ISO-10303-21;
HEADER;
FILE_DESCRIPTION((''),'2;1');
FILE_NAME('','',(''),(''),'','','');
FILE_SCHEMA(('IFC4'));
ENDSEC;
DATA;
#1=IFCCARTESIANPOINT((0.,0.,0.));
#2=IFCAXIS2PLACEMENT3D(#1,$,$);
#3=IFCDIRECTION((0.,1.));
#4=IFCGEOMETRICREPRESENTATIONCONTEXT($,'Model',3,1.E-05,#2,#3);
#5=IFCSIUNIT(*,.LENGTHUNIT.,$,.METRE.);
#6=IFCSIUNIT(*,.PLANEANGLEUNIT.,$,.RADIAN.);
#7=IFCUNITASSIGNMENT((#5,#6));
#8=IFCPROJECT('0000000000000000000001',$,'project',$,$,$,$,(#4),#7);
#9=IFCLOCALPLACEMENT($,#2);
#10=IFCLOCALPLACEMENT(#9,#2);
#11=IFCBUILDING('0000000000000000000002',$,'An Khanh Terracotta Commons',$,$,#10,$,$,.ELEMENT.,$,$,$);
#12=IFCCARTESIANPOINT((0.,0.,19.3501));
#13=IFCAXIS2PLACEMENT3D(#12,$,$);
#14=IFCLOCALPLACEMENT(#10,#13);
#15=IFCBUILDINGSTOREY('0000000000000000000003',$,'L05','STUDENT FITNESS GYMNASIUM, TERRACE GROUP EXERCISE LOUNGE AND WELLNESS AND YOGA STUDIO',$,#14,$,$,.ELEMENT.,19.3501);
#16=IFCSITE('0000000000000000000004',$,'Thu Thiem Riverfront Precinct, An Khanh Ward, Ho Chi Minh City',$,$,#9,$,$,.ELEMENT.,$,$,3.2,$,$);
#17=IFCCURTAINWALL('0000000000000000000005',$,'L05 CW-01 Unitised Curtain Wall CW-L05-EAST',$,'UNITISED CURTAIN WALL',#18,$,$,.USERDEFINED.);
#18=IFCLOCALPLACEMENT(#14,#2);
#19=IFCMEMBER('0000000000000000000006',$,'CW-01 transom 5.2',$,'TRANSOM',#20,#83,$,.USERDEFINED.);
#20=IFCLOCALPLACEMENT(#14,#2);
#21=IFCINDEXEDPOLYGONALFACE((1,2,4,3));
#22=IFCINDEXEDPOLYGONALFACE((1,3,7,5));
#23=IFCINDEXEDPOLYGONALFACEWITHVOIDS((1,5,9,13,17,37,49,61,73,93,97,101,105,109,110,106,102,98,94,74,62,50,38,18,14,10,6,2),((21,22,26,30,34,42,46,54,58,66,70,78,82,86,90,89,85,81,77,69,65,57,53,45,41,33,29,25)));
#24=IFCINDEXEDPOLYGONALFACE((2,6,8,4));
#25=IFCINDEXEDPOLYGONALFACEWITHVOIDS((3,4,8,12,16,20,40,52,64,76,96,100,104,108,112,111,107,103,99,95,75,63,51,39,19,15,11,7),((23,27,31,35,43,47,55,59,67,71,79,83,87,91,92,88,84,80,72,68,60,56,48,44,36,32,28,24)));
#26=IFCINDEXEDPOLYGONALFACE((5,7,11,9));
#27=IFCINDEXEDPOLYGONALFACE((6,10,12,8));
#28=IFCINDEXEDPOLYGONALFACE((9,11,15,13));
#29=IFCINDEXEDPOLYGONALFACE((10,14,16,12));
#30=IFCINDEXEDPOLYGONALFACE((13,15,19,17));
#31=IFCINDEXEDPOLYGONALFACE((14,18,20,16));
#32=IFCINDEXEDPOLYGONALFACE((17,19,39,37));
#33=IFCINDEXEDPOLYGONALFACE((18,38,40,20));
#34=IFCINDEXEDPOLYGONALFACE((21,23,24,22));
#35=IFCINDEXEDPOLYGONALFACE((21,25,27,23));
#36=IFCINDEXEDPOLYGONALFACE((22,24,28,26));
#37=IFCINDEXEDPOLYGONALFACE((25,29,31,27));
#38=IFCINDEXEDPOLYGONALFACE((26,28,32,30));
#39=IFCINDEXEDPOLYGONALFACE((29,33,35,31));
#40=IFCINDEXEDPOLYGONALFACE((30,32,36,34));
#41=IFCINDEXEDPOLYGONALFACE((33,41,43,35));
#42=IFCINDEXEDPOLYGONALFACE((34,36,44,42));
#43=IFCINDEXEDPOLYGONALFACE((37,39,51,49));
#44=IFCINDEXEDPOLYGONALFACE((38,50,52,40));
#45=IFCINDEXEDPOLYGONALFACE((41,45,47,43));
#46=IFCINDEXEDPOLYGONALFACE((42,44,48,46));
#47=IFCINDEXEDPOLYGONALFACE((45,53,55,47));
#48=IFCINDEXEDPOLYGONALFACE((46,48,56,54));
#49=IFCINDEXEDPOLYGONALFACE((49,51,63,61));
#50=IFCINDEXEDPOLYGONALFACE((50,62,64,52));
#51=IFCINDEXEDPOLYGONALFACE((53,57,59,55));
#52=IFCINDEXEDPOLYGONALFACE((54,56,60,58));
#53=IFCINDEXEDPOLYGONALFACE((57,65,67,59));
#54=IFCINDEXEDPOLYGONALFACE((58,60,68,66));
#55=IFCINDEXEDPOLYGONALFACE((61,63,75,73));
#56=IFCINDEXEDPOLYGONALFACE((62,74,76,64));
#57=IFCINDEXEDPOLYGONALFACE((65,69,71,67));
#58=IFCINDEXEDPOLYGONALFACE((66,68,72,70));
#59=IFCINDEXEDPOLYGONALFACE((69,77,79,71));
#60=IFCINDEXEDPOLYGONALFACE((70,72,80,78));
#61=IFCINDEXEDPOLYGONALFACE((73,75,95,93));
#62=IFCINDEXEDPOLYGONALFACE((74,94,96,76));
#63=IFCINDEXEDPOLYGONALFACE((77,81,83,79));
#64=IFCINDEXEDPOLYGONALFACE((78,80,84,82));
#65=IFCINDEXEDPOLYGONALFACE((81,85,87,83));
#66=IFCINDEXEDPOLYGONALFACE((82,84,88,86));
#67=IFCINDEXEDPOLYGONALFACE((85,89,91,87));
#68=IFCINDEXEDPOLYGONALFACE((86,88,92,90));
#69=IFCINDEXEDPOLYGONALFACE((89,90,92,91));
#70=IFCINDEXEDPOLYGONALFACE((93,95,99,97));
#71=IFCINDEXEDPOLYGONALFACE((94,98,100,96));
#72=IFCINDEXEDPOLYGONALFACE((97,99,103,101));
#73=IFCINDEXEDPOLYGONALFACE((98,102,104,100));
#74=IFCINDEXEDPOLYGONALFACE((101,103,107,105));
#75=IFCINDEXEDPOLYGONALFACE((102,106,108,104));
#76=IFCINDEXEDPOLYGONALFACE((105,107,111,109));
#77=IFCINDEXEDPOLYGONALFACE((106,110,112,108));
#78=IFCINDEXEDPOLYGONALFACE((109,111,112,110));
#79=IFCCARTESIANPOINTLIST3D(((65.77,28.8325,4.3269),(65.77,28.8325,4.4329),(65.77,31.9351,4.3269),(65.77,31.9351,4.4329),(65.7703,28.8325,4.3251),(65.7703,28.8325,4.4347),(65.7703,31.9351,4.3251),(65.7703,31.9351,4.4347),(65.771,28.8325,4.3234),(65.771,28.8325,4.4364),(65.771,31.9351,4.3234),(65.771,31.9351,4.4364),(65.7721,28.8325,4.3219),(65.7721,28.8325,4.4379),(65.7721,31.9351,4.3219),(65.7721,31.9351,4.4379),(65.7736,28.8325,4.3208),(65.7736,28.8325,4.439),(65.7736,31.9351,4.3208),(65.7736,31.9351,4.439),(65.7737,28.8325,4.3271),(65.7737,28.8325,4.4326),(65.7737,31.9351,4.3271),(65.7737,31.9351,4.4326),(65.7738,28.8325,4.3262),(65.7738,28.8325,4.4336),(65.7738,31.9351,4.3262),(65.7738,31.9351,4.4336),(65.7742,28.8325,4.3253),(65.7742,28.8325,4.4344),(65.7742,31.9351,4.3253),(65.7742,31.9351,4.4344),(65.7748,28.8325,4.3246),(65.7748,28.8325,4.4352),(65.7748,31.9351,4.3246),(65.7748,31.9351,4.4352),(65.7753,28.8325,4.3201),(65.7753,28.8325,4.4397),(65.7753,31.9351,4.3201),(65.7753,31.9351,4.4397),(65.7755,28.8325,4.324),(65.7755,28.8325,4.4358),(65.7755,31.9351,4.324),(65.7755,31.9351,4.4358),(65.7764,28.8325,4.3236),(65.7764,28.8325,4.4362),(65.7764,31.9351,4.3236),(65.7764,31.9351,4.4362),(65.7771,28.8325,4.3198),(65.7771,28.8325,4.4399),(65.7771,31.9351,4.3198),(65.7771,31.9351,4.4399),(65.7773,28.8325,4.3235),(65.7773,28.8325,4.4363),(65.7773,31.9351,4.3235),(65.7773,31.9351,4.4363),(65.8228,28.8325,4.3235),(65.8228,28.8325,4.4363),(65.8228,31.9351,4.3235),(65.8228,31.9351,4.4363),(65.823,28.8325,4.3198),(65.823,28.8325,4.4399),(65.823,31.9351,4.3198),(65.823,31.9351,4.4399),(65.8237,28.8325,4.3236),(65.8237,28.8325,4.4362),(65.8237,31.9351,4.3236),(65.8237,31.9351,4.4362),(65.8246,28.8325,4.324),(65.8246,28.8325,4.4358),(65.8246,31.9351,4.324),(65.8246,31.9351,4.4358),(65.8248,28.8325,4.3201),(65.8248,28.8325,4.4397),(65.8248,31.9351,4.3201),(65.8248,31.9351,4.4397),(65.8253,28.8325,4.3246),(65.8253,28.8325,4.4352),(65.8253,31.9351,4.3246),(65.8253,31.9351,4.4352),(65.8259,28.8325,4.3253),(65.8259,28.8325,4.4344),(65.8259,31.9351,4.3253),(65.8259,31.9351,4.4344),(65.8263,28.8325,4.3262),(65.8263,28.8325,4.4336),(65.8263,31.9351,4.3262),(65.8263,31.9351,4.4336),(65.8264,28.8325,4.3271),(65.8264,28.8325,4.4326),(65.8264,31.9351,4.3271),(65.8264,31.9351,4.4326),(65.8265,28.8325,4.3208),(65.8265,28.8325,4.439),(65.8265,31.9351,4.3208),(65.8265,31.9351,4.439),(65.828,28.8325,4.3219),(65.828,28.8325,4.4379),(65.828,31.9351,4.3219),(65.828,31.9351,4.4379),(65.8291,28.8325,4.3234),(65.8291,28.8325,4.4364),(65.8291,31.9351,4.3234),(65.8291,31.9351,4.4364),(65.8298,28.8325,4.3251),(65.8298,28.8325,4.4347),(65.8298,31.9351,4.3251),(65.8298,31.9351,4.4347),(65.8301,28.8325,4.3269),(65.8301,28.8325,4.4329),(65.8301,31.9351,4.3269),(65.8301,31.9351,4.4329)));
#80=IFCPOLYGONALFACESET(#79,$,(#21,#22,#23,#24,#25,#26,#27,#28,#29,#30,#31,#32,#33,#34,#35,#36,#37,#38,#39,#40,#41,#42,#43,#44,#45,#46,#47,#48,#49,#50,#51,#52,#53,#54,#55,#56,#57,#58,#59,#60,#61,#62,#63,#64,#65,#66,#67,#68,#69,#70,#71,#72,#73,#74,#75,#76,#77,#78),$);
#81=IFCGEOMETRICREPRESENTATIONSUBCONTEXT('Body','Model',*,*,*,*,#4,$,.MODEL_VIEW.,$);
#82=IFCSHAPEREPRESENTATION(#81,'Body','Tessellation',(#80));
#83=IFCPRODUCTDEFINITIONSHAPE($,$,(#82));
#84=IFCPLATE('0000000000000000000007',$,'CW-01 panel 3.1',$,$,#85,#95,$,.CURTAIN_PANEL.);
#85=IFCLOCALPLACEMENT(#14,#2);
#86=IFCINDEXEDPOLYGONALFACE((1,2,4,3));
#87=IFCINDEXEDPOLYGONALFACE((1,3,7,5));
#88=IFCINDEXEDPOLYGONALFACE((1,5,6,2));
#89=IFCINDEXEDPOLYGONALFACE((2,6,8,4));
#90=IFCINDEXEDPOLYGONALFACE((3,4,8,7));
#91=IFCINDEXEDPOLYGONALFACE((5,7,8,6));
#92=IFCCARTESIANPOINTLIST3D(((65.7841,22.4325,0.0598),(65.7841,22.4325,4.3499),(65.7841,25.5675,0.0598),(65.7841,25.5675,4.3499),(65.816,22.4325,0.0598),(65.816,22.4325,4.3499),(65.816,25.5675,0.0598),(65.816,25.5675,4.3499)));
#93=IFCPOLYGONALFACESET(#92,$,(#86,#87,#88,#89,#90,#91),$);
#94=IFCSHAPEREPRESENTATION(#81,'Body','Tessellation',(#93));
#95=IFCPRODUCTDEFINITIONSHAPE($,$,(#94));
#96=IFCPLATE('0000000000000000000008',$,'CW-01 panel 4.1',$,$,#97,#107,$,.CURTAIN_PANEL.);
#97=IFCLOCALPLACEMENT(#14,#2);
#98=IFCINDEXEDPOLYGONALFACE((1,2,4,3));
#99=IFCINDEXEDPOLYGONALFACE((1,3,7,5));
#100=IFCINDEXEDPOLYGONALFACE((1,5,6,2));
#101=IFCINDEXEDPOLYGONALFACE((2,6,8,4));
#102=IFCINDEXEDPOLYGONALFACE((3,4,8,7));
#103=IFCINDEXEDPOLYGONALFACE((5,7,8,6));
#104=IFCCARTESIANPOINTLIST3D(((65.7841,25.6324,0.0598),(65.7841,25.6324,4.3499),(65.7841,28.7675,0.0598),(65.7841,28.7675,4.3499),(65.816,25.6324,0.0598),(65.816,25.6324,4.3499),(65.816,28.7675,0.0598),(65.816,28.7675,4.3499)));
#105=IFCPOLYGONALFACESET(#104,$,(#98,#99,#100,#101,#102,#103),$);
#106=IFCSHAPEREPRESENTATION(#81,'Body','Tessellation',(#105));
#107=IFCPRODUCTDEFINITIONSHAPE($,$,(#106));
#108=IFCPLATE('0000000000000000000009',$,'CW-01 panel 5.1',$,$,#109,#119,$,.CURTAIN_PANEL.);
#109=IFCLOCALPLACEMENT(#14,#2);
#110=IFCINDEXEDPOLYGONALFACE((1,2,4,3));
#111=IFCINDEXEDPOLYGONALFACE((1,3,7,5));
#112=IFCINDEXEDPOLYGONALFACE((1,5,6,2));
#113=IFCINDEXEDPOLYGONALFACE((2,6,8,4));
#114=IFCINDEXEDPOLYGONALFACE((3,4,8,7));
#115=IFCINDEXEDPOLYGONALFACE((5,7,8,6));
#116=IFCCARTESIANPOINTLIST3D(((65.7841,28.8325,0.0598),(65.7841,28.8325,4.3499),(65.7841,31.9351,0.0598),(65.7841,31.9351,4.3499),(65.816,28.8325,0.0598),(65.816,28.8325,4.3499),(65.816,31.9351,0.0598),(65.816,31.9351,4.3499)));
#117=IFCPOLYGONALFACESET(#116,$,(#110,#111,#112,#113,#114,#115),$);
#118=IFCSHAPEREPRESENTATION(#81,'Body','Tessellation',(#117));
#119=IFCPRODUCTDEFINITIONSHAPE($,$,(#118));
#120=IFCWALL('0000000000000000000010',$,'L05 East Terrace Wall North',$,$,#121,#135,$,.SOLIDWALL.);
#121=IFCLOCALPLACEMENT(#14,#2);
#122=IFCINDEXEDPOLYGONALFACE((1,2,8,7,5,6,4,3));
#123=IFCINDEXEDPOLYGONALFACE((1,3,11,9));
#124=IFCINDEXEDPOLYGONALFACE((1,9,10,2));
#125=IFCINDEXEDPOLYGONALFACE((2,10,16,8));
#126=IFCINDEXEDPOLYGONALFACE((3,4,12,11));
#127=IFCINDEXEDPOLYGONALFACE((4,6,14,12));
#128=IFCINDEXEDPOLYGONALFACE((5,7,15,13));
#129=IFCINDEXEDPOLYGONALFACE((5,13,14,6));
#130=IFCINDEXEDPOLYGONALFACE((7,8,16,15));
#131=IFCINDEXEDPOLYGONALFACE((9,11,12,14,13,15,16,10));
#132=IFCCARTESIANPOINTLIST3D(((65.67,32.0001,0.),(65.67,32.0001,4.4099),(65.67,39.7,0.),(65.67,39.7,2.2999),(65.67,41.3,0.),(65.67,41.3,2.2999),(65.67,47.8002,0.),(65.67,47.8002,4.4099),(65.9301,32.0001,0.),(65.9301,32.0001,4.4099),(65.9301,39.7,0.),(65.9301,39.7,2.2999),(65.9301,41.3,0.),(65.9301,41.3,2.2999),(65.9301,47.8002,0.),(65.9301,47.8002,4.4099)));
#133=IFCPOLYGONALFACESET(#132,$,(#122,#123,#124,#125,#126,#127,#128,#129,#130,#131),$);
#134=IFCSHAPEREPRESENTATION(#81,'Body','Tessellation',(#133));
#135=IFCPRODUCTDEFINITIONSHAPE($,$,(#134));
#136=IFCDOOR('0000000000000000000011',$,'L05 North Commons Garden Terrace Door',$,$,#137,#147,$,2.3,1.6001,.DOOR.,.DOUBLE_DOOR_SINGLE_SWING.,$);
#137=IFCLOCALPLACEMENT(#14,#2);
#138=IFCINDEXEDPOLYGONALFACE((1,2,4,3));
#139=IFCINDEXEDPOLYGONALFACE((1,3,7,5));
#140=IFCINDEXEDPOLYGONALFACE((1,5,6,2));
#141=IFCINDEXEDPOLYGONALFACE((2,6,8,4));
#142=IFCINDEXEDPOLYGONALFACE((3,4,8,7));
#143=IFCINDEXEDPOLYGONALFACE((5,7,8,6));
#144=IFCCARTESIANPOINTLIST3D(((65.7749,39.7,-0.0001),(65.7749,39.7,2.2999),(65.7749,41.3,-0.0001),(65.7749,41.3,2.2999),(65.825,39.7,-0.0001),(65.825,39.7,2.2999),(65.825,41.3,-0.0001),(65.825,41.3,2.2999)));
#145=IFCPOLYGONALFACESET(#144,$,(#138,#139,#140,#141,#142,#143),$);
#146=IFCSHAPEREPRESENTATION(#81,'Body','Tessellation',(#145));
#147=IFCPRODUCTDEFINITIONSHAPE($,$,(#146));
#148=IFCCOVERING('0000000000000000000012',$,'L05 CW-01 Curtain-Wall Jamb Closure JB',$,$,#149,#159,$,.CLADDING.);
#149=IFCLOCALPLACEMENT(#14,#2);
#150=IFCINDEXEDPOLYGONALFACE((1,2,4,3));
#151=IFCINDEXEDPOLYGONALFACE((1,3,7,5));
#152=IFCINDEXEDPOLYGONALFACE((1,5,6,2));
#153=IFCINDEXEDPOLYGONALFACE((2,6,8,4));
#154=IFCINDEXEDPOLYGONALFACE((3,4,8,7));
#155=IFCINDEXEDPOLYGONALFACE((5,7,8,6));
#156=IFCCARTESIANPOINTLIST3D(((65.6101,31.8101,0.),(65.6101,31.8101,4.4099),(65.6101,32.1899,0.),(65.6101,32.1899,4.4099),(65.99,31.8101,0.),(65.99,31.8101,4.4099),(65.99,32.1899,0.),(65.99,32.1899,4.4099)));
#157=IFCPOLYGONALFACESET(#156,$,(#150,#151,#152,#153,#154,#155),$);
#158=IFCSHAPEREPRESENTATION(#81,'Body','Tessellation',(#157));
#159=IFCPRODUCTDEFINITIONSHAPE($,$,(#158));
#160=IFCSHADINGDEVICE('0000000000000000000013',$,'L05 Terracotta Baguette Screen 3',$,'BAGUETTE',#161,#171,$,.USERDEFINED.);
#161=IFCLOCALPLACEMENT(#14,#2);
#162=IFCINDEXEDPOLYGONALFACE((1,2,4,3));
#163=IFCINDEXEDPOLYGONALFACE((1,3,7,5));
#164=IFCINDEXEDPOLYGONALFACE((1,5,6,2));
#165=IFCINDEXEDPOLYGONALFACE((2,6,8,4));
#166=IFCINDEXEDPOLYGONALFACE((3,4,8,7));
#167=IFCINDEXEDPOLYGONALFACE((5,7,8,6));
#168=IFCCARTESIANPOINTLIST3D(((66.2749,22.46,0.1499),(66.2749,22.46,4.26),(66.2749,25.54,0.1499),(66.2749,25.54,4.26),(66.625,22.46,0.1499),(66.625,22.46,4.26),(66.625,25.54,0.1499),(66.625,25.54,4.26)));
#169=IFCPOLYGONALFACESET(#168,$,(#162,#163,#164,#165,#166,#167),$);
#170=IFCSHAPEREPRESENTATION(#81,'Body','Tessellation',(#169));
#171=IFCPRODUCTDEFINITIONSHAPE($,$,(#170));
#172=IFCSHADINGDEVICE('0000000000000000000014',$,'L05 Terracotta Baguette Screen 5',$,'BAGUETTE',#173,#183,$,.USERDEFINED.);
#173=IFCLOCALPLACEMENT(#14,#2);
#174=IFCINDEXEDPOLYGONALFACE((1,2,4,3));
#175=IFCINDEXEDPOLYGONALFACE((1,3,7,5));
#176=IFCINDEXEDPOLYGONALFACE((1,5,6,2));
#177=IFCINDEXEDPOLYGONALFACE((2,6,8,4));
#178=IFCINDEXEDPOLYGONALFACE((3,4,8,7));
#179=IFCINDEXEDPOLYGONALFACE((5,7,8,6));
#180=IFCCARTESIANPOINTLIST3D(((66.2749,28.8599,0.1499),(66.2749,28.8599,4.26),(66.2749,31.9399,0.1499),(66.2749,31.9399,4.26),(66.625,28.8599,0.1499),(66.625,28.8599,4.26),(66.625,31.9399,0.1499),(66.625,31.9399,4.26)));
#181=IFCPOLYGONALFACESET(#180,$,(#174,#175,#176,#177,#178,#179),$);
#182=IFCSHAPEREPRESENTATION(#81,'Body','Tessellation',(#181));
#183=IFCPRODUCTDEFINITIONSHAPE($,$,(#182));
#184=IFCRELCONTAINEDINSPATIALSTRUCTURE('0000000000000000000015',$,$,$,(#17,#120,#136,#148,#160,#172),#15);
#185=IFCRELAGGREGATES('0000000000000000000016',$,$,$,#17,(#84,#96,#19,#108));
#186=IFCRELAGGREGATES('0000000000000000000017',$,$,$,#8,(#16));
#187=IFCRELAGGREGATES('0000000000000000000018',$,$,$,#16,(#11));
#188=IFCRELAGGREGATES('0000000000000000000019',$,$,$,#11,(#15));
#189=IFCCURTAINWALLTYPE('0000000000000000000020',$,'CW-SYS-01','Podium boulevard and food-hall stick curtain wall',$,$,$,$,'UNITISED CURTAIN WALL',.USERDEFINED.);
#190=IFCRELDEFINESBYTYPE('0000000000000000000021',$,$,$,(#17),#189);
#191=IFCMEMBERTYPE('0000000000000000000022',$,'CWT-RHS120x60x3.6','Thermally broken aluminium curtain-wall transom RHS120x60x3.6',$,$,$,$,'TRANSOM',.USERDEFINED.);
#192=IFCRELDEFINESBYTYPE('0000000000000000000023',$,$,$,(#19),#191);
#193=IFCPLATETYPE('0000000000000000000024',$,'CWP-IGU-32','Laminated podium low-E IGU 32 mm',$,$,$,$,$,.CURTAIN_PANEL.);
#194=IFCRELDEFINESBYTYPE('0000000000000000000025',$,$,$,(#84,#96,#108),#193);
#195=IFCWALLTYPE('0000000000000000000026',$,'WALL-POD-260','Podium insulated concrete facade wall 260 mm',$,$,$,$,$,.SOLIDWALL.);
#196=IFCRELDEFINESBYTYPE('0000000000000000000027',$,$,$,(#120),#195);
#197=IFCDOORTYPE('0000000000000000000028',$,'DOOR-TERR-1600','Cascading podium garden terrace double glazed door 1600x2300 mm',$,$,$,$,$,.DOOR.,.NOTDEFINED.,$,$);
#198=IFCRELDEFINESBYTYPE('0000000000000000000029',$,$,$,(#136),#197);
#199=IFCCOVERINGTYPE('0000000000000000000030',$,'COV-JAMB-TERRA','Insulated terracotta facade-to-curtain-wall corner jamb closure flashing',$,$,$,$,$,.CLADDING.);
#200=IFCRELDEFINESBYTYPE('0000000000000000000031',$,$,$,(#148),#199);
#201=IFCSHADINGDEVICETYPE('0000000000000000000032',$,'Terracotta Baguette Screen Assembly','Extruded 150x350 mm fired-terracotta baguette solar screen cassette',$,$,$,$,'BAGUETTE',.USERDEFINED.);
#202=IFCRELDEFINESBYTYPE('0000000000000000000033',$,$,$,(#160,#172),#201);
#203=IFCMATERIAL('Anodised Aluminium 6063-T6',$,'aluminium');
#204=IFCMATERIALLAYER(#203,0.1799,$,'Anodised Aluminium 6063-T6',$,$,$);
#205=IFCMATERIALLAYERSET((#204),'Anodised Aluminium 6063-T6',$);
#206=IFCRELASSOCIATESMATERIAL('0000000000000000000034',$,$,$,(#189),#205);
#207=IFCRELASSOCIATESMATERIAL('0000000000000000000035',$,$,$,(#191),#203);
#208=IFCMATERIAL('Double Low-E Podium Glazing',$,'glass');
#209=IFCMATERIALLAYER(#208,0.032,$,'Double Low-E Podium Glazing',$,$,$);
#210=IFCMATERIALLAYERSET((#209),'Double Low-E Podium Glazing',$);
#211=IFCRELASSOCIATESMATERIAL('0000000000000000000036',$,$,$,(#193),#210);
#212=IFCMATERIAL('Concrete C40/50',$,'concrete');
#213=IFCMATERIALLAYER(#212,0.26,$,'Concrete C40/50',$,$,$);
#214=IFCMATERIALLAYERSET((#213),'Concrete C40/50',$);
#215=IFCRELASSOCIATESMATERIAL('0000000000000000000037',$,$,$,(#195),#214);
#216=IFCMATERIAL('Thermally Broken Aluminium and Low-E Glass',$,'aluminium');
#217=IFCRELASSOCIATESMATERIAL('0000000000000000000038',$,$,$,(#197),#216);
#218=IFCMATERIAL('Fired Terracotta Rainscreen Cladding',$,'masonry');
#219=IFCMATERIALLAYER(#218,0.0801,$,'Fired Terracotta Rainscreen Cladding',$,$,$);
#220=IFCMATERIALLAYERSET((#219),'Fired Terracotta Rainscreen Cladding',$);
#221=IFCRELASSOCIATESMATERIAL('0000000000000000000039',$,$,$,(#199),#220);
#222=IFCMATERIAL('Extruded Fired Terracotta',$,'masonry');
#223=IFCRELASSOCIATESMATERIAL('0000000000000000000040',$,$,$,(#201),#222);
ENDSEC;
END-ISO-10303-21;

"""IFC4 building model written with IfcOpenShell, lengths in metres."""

from ifc_helpers import new_model, si_unit, direction, frame, frame_2d, origin, origin_2d, place, context, subcontext, project, spatial, rectangle, hollow_rectangle, extrude, material, layer, layer_set, material_profile, profile_set, type_object, element, fill, aggregate, save


model = new_model("IFC4")

# Units and contexts
model_context = context("Model", 3, precision=1e-05, world=origin(), true_north=direction((0.0, 1.0)))
body_context = subcontext(model_context, "Body", "Model", "MODEL_VIEW")
ifc_project = project(units=[si_unit("LENGTHUNIT", "METRE"), si_unit("PLANEANGLEUNIT", "RADIAN")], contexts=[model_context])

# Site, building, storey
site_placement = place(None, origin())
site = spatial("IfcSite", under=ifc_project, at=site_placement, Name="Thu Thiem Riverfront Precinct, An Khanh Ward, Ho Chi Minh City", CompositionType="ELEMENT", RefElevation=3.2)
building_placement = place(site_placement, origin())
building = spatial("IfcBuilding", under=site, at=building_placement, Name="An Khanh Terracotta Commons", CompositionType="ELEMENT")
storey_placement = place(building_placement, frame((0.0, 0.0, 19.3501)))
storey = spatial("IfcBuildingStorey", under=building, at=storey_placement, Name="L05", Description="STUDENT FITNESS GYMNASIUM, TERRACE GROUP EXERCISE LOUNGE AND WELLNESS AND YOGA STUDIO", CompositionType="ELEMENT", Elevation=19.3501)

# Curtain wall, member, plates
ifc_material_1 = material(Name="Anodised Aluminium 6063-T6", Category="aluminium")
ifc_layer_1 = layer(ifc_material_1, 0.1799, Name="Anodised Aluminium 6063-T6")
ifc_layer_set_1 = layer_set([ifc_layer_1], Name="Anodised Aluminium 6063-T6")
curtain_wall_type = type_object("IfcCurtainWallType", Name="CW-SYS-01", Description="Podium boulevard and food-hall stick curtain wall", ElementType="UNITISED CURTAIN WALL", PredefinedType="USERDEFINED", material=ifc_layer_set_1)
curtain_wall_placement = place(storey_placement, origin())
curtain_wall = element("IfcCurtainWall", 1, at=curtain_wall_placement, inside=storey, type_object=curtain_wall_type, Name="L05 CW-01 Unitised Curtain Wall CW-L05-EAST", ObjectType="UNITISED CURTAIN WALL", PredefinedType="USERDEFINED")
ifc_material_profile_1 = material_profile(ifc_material_1, hollow_rectangle(XDim=0.0601, YDim=0.1201, WallThickness=0.0037, InnerFilletRadius=0.0037, OuterFilletRadius=0.0071, at=origin_2d()), Name="RHS120x60x3.6")
ifc_profile_set_1 = profile_set([ifc_material_profile_1], Name="Anodised Aluminium 6063-T6")
member_type_1 = type_object("IfcMemberType", Name="CWT-RHS120x60x3.6", Description="Thermally broken aluminium curtain-wall transom RHS120x60x3.6", ElementType="TRANSOM", PredefinedType="USERDEFINED", material=ifc_profile_set_1)
member_1_placement = place(storey_placement, frame((65.8, 28.8325, 4.3799), z_axis=(0.0, 1.0, 0.0), x_axis=(-1.0, 0.0, 0.0)))
member_1 = element("IfcMember", 2, at=member_1_placement, type_object=member_type_1, Name="CW-01 transom 5.2", ObjectType="TRANSOM", PredefinedType="USERDEFINED", context=body_context, shape_type="SweptSolid", body=[
    extrude(hollow_rectangle(XDim=0.0601, YDim=0.1201, WallThickness=0.0037, InnerFilletRadius=0.0037, OuterFilletRadius=0.0071, at=origin_2d()), origin(), (0.0, 0.0, 1.0), 3.1025),
])
ifc_material_2 = material(Name="Double Low-E Podium Glazing", Category="glass")
ifc_layer_2 = layer(ifc_material_2, 0.032, Name="Double Low-E Podium Glazing")
ifc_layer_set_2 = layer_set([ifc_layer_2], Name="Double Low-E Podium Glazing")
plate_type = type_object("IfcPlateType", Name="CWP-IGU-32", Description="Laminated podium low-E IGU 32 mm", PredefinedType="CURTAIN_PANEL", material=ifc_layer_set_2)
plate_1_placement = place(storey_placement, frame((65.8, 24.0, 0.0598), z_axis=(0.0, 0.0, 1.0), x_axis=(0.0, 1.0, 0.0)))
plate_1 = element("IfcPlate", 3, at=plate_1_placement, type_object=plate_type, Name="CW-01 panel 3.1", PredefinedType="CURTAIN_PANEL", context=body_context, shape_type="SweptSolid", body=[
    extrude(rectangle(XDim=3.135, YDim=0.032, at=origin_2d()), origin(), (0.0, 0.0, 1.0), 4.29),
])
plate_2_placement = place(storey_placement, frame((65.8, 27.2, 0.0598), z_axis=(0.0, 0.0, 1.0), x_axis=(0.0, 1.0, 0.0)))
plate_2 = element("IfcPlate", 4, at=plate_2_placement, type_object=plate_type, Name="CW-01 panel 4.1", PredefinedType="CURTAIN_PANEL", context=body_context, shape_type="SweptSolid", body=[
    extrude(rectangle(XDim=3.135, YDim=0.032, at=origin_2d()), origin(), (0.0, 0.0, 1.0), 4.29),
])
plate_3_placement = place(storey_placement, frame((65.8, 30.3838, 0.0598), z_axis=(0.0, 0.0, 1.0), x_axis=(0.0, 1.0, 0.0)))
plate_3 = element("IfcPlate", 5, at=plate_3_placement, type_object=plate_type, Name="CW-01 panel 5.1", PredefinedType="CURTAIN_PANEL", context=body_context, shape_type="SweptSolid", body=[
    extrude(rectangle(XDim=3.1025, YDim=0.032, at=origin_2d()), origin(), (0.0, 0.0, 1.0), 4.29),
])
aggregate(curtain_wall, [plate_1, plate_2, member_1, plate_3])

# Wall, opening, door
ifc_material_3 = material(Name="Concrete C40/50", Category="concrete")
ifc_layer_3 = layer(ifc_material_3, 0.26, Name="Concrete C40/50")
ifc_layer_set_3 = layer_set([ifc_layer_3], Name="Concrete C40/50")
wall_type = type_object("IfcWallType", Name="WALL-POD-260", Description="Podium insulated concrete facade wall 260 mm", PredefinedType="SOLIDWALL", material=ifc_layer_set_3)
wall_placement = place(storey_placement, frame((65.8, 47.8, 0.0), z_axis=(0.0, 0.0, 1.0), x_axis=(0.0, -1.0, 0.0)))
wall = element("IfcWall", 6, at=wall_placement, inside=storey, type_object=wall_type, Name="L05 East Terrace Wall North", PredefinedType="SOLIDWALL", context=body_context, shape_type="SweptSolid", body=[
    extrude(rectangle(XDim=15.8, YDim=0.26, at=frame_2d((7.8999, 0.0))), origin(), (0.0, 0.0, 1.0), 4.4099),
])
opening_placement = place(wall_placement, frame((6.5, 0.0, 0.0)))
opening = element("IfcOpeningElement", 7, at=opening_placement, cuts=wall, PredefinedType="OPENING", context=body_context, shape_type="SweptSolid", body=[
    extrude(rectangle(XDim=1.6001, YDim=2.3, at=frame_2d((0.8, 1.1499))), frame((0.0, 0.1399, 0.0), z_axis=(0.0, -1.0, 0.0), x_axis=(1.0, 0.0, 0.0)), (0.0, 0.0, 1.0), 0.28),
])
ifc_material_4 = material(Name="Thermally Broken Aluminium and Low-E Glass", Category="aluminium")
door_type = type_object("IfcDoorType", Name="DOOR-TERR-1600", Description="Cascading podium garden terrace double glazed door 1600x2300 mm", OperationType="NOTDEFINED", PredefinedType="DOOR", material=ifc_material_4)
door_placement = place(opening_placement, origin())
door = element("IfcDoor", 8, at=door_placement, inside=storey, type_object=door_type, Name="L05 North Commons Garden Terrace Door", OperationType="DOUBLE_DOOR_SINGLE_SWING", OverallHeight=2.3, OverallWidth=1.6001, PredefinedType="DOOR", context=body_context, shape_type="SweptSolid", body=[
    extrude(rectangle(XDim=1.6001, YDim=2.3, at=frame_2d((0.8, 1.1499))), frame((0.0, 0.0249, 0.0), z_axis=(0.0, -1.0, 0.0), x_axis=(1.0, 0.0, 0.0)), (0.0, 0.0, 1.0), 0.05),
])
fill(opening, door)

# Covering
ifc_material_5 = material(Name="Fired Terracotta Rainscreen Cladding", Category="masonry")
ifc_layer_4 = layer(ifc_material_5, 0.0801, Name="Fired Terracotta Rainscreen Cladding")
ifc_layer_set_4 = layer_set([ifc_layer_4], Name="Fired Terracotta Rainscreen Cladding")
covering_type = type_object("IfcCoveringType", Name="COV-JAMB-TERRA", Description="Insulated terracotta facade-to-curtain-wall corner jamb closure flashing", PredefinedType="CLADDING", material=ifc_layer_set_4)
covering_placement = place(storey_placement, frame((65.8, 32.0, 0.0), z_axis=(0.0, 0.0, 1.0), x_axis=(1.0, 0.0, 0.0)))
element("IfcCovering", 9, at=covering_placement, inside=storey, type_object=covering_type, Name="L05 CW-01 Curtain-Wall Jamb Closure JB", PredefinedType="CLADDING", context=body_context, shape_type="SweptSolid", body=[
    extrude(rectangle(XDim=0.3799, YDim=0.3799, at=origin_2d()), origin(), (0.0, 0.0, 1.0), 4.4099),
])

# Shading devices
ifc_material_6 = material(Name="Extruded Fired Terracotta", Category="masonry")
shading_device_type = type_object("IfcShadingDeviceType", Name="Terracotta Baguette Screen Assembly", Description="Extruded 150x350 mm fired-terracotta baguette solar screen cassette", ElementType="BAGUETTE", PredefinedType="USERDEFINED", material=ifc_material_6)
for number, where, z_axis, x_axis, name in (
    (10, (66.45, 24.0, 0.1499), (0.0, 0.0, 1.0), (0.0, 1.0, 0.0), "L05 Terracotta Baguette Screen 3"),
    (11, (66.45, 30.3999, 0.1499), (0.0, 0.0, 1.0), (0.0, 1.0, 0.0), "L05 Terracotta Baguette Screen 5"),
):
    element("IfcShadingDevice", number, at=place(storey_placement, frame(where, z_axis=z_axis, x_axis=x_axis)), inside=storey, type_object=shading_device_type, Name=name, ObjectType="BAGUETTE", PredefinedType="USERDEFINED", context=body_context, shape_type="SweptSolid", body=[
        extrude(rectangle(XDim=3.0801, YDim=0.3501, at=origin_2d()), origin(), (0.0, 0.0, 1.0), 4.1101),
    ])

save(model, "model.ifc")
